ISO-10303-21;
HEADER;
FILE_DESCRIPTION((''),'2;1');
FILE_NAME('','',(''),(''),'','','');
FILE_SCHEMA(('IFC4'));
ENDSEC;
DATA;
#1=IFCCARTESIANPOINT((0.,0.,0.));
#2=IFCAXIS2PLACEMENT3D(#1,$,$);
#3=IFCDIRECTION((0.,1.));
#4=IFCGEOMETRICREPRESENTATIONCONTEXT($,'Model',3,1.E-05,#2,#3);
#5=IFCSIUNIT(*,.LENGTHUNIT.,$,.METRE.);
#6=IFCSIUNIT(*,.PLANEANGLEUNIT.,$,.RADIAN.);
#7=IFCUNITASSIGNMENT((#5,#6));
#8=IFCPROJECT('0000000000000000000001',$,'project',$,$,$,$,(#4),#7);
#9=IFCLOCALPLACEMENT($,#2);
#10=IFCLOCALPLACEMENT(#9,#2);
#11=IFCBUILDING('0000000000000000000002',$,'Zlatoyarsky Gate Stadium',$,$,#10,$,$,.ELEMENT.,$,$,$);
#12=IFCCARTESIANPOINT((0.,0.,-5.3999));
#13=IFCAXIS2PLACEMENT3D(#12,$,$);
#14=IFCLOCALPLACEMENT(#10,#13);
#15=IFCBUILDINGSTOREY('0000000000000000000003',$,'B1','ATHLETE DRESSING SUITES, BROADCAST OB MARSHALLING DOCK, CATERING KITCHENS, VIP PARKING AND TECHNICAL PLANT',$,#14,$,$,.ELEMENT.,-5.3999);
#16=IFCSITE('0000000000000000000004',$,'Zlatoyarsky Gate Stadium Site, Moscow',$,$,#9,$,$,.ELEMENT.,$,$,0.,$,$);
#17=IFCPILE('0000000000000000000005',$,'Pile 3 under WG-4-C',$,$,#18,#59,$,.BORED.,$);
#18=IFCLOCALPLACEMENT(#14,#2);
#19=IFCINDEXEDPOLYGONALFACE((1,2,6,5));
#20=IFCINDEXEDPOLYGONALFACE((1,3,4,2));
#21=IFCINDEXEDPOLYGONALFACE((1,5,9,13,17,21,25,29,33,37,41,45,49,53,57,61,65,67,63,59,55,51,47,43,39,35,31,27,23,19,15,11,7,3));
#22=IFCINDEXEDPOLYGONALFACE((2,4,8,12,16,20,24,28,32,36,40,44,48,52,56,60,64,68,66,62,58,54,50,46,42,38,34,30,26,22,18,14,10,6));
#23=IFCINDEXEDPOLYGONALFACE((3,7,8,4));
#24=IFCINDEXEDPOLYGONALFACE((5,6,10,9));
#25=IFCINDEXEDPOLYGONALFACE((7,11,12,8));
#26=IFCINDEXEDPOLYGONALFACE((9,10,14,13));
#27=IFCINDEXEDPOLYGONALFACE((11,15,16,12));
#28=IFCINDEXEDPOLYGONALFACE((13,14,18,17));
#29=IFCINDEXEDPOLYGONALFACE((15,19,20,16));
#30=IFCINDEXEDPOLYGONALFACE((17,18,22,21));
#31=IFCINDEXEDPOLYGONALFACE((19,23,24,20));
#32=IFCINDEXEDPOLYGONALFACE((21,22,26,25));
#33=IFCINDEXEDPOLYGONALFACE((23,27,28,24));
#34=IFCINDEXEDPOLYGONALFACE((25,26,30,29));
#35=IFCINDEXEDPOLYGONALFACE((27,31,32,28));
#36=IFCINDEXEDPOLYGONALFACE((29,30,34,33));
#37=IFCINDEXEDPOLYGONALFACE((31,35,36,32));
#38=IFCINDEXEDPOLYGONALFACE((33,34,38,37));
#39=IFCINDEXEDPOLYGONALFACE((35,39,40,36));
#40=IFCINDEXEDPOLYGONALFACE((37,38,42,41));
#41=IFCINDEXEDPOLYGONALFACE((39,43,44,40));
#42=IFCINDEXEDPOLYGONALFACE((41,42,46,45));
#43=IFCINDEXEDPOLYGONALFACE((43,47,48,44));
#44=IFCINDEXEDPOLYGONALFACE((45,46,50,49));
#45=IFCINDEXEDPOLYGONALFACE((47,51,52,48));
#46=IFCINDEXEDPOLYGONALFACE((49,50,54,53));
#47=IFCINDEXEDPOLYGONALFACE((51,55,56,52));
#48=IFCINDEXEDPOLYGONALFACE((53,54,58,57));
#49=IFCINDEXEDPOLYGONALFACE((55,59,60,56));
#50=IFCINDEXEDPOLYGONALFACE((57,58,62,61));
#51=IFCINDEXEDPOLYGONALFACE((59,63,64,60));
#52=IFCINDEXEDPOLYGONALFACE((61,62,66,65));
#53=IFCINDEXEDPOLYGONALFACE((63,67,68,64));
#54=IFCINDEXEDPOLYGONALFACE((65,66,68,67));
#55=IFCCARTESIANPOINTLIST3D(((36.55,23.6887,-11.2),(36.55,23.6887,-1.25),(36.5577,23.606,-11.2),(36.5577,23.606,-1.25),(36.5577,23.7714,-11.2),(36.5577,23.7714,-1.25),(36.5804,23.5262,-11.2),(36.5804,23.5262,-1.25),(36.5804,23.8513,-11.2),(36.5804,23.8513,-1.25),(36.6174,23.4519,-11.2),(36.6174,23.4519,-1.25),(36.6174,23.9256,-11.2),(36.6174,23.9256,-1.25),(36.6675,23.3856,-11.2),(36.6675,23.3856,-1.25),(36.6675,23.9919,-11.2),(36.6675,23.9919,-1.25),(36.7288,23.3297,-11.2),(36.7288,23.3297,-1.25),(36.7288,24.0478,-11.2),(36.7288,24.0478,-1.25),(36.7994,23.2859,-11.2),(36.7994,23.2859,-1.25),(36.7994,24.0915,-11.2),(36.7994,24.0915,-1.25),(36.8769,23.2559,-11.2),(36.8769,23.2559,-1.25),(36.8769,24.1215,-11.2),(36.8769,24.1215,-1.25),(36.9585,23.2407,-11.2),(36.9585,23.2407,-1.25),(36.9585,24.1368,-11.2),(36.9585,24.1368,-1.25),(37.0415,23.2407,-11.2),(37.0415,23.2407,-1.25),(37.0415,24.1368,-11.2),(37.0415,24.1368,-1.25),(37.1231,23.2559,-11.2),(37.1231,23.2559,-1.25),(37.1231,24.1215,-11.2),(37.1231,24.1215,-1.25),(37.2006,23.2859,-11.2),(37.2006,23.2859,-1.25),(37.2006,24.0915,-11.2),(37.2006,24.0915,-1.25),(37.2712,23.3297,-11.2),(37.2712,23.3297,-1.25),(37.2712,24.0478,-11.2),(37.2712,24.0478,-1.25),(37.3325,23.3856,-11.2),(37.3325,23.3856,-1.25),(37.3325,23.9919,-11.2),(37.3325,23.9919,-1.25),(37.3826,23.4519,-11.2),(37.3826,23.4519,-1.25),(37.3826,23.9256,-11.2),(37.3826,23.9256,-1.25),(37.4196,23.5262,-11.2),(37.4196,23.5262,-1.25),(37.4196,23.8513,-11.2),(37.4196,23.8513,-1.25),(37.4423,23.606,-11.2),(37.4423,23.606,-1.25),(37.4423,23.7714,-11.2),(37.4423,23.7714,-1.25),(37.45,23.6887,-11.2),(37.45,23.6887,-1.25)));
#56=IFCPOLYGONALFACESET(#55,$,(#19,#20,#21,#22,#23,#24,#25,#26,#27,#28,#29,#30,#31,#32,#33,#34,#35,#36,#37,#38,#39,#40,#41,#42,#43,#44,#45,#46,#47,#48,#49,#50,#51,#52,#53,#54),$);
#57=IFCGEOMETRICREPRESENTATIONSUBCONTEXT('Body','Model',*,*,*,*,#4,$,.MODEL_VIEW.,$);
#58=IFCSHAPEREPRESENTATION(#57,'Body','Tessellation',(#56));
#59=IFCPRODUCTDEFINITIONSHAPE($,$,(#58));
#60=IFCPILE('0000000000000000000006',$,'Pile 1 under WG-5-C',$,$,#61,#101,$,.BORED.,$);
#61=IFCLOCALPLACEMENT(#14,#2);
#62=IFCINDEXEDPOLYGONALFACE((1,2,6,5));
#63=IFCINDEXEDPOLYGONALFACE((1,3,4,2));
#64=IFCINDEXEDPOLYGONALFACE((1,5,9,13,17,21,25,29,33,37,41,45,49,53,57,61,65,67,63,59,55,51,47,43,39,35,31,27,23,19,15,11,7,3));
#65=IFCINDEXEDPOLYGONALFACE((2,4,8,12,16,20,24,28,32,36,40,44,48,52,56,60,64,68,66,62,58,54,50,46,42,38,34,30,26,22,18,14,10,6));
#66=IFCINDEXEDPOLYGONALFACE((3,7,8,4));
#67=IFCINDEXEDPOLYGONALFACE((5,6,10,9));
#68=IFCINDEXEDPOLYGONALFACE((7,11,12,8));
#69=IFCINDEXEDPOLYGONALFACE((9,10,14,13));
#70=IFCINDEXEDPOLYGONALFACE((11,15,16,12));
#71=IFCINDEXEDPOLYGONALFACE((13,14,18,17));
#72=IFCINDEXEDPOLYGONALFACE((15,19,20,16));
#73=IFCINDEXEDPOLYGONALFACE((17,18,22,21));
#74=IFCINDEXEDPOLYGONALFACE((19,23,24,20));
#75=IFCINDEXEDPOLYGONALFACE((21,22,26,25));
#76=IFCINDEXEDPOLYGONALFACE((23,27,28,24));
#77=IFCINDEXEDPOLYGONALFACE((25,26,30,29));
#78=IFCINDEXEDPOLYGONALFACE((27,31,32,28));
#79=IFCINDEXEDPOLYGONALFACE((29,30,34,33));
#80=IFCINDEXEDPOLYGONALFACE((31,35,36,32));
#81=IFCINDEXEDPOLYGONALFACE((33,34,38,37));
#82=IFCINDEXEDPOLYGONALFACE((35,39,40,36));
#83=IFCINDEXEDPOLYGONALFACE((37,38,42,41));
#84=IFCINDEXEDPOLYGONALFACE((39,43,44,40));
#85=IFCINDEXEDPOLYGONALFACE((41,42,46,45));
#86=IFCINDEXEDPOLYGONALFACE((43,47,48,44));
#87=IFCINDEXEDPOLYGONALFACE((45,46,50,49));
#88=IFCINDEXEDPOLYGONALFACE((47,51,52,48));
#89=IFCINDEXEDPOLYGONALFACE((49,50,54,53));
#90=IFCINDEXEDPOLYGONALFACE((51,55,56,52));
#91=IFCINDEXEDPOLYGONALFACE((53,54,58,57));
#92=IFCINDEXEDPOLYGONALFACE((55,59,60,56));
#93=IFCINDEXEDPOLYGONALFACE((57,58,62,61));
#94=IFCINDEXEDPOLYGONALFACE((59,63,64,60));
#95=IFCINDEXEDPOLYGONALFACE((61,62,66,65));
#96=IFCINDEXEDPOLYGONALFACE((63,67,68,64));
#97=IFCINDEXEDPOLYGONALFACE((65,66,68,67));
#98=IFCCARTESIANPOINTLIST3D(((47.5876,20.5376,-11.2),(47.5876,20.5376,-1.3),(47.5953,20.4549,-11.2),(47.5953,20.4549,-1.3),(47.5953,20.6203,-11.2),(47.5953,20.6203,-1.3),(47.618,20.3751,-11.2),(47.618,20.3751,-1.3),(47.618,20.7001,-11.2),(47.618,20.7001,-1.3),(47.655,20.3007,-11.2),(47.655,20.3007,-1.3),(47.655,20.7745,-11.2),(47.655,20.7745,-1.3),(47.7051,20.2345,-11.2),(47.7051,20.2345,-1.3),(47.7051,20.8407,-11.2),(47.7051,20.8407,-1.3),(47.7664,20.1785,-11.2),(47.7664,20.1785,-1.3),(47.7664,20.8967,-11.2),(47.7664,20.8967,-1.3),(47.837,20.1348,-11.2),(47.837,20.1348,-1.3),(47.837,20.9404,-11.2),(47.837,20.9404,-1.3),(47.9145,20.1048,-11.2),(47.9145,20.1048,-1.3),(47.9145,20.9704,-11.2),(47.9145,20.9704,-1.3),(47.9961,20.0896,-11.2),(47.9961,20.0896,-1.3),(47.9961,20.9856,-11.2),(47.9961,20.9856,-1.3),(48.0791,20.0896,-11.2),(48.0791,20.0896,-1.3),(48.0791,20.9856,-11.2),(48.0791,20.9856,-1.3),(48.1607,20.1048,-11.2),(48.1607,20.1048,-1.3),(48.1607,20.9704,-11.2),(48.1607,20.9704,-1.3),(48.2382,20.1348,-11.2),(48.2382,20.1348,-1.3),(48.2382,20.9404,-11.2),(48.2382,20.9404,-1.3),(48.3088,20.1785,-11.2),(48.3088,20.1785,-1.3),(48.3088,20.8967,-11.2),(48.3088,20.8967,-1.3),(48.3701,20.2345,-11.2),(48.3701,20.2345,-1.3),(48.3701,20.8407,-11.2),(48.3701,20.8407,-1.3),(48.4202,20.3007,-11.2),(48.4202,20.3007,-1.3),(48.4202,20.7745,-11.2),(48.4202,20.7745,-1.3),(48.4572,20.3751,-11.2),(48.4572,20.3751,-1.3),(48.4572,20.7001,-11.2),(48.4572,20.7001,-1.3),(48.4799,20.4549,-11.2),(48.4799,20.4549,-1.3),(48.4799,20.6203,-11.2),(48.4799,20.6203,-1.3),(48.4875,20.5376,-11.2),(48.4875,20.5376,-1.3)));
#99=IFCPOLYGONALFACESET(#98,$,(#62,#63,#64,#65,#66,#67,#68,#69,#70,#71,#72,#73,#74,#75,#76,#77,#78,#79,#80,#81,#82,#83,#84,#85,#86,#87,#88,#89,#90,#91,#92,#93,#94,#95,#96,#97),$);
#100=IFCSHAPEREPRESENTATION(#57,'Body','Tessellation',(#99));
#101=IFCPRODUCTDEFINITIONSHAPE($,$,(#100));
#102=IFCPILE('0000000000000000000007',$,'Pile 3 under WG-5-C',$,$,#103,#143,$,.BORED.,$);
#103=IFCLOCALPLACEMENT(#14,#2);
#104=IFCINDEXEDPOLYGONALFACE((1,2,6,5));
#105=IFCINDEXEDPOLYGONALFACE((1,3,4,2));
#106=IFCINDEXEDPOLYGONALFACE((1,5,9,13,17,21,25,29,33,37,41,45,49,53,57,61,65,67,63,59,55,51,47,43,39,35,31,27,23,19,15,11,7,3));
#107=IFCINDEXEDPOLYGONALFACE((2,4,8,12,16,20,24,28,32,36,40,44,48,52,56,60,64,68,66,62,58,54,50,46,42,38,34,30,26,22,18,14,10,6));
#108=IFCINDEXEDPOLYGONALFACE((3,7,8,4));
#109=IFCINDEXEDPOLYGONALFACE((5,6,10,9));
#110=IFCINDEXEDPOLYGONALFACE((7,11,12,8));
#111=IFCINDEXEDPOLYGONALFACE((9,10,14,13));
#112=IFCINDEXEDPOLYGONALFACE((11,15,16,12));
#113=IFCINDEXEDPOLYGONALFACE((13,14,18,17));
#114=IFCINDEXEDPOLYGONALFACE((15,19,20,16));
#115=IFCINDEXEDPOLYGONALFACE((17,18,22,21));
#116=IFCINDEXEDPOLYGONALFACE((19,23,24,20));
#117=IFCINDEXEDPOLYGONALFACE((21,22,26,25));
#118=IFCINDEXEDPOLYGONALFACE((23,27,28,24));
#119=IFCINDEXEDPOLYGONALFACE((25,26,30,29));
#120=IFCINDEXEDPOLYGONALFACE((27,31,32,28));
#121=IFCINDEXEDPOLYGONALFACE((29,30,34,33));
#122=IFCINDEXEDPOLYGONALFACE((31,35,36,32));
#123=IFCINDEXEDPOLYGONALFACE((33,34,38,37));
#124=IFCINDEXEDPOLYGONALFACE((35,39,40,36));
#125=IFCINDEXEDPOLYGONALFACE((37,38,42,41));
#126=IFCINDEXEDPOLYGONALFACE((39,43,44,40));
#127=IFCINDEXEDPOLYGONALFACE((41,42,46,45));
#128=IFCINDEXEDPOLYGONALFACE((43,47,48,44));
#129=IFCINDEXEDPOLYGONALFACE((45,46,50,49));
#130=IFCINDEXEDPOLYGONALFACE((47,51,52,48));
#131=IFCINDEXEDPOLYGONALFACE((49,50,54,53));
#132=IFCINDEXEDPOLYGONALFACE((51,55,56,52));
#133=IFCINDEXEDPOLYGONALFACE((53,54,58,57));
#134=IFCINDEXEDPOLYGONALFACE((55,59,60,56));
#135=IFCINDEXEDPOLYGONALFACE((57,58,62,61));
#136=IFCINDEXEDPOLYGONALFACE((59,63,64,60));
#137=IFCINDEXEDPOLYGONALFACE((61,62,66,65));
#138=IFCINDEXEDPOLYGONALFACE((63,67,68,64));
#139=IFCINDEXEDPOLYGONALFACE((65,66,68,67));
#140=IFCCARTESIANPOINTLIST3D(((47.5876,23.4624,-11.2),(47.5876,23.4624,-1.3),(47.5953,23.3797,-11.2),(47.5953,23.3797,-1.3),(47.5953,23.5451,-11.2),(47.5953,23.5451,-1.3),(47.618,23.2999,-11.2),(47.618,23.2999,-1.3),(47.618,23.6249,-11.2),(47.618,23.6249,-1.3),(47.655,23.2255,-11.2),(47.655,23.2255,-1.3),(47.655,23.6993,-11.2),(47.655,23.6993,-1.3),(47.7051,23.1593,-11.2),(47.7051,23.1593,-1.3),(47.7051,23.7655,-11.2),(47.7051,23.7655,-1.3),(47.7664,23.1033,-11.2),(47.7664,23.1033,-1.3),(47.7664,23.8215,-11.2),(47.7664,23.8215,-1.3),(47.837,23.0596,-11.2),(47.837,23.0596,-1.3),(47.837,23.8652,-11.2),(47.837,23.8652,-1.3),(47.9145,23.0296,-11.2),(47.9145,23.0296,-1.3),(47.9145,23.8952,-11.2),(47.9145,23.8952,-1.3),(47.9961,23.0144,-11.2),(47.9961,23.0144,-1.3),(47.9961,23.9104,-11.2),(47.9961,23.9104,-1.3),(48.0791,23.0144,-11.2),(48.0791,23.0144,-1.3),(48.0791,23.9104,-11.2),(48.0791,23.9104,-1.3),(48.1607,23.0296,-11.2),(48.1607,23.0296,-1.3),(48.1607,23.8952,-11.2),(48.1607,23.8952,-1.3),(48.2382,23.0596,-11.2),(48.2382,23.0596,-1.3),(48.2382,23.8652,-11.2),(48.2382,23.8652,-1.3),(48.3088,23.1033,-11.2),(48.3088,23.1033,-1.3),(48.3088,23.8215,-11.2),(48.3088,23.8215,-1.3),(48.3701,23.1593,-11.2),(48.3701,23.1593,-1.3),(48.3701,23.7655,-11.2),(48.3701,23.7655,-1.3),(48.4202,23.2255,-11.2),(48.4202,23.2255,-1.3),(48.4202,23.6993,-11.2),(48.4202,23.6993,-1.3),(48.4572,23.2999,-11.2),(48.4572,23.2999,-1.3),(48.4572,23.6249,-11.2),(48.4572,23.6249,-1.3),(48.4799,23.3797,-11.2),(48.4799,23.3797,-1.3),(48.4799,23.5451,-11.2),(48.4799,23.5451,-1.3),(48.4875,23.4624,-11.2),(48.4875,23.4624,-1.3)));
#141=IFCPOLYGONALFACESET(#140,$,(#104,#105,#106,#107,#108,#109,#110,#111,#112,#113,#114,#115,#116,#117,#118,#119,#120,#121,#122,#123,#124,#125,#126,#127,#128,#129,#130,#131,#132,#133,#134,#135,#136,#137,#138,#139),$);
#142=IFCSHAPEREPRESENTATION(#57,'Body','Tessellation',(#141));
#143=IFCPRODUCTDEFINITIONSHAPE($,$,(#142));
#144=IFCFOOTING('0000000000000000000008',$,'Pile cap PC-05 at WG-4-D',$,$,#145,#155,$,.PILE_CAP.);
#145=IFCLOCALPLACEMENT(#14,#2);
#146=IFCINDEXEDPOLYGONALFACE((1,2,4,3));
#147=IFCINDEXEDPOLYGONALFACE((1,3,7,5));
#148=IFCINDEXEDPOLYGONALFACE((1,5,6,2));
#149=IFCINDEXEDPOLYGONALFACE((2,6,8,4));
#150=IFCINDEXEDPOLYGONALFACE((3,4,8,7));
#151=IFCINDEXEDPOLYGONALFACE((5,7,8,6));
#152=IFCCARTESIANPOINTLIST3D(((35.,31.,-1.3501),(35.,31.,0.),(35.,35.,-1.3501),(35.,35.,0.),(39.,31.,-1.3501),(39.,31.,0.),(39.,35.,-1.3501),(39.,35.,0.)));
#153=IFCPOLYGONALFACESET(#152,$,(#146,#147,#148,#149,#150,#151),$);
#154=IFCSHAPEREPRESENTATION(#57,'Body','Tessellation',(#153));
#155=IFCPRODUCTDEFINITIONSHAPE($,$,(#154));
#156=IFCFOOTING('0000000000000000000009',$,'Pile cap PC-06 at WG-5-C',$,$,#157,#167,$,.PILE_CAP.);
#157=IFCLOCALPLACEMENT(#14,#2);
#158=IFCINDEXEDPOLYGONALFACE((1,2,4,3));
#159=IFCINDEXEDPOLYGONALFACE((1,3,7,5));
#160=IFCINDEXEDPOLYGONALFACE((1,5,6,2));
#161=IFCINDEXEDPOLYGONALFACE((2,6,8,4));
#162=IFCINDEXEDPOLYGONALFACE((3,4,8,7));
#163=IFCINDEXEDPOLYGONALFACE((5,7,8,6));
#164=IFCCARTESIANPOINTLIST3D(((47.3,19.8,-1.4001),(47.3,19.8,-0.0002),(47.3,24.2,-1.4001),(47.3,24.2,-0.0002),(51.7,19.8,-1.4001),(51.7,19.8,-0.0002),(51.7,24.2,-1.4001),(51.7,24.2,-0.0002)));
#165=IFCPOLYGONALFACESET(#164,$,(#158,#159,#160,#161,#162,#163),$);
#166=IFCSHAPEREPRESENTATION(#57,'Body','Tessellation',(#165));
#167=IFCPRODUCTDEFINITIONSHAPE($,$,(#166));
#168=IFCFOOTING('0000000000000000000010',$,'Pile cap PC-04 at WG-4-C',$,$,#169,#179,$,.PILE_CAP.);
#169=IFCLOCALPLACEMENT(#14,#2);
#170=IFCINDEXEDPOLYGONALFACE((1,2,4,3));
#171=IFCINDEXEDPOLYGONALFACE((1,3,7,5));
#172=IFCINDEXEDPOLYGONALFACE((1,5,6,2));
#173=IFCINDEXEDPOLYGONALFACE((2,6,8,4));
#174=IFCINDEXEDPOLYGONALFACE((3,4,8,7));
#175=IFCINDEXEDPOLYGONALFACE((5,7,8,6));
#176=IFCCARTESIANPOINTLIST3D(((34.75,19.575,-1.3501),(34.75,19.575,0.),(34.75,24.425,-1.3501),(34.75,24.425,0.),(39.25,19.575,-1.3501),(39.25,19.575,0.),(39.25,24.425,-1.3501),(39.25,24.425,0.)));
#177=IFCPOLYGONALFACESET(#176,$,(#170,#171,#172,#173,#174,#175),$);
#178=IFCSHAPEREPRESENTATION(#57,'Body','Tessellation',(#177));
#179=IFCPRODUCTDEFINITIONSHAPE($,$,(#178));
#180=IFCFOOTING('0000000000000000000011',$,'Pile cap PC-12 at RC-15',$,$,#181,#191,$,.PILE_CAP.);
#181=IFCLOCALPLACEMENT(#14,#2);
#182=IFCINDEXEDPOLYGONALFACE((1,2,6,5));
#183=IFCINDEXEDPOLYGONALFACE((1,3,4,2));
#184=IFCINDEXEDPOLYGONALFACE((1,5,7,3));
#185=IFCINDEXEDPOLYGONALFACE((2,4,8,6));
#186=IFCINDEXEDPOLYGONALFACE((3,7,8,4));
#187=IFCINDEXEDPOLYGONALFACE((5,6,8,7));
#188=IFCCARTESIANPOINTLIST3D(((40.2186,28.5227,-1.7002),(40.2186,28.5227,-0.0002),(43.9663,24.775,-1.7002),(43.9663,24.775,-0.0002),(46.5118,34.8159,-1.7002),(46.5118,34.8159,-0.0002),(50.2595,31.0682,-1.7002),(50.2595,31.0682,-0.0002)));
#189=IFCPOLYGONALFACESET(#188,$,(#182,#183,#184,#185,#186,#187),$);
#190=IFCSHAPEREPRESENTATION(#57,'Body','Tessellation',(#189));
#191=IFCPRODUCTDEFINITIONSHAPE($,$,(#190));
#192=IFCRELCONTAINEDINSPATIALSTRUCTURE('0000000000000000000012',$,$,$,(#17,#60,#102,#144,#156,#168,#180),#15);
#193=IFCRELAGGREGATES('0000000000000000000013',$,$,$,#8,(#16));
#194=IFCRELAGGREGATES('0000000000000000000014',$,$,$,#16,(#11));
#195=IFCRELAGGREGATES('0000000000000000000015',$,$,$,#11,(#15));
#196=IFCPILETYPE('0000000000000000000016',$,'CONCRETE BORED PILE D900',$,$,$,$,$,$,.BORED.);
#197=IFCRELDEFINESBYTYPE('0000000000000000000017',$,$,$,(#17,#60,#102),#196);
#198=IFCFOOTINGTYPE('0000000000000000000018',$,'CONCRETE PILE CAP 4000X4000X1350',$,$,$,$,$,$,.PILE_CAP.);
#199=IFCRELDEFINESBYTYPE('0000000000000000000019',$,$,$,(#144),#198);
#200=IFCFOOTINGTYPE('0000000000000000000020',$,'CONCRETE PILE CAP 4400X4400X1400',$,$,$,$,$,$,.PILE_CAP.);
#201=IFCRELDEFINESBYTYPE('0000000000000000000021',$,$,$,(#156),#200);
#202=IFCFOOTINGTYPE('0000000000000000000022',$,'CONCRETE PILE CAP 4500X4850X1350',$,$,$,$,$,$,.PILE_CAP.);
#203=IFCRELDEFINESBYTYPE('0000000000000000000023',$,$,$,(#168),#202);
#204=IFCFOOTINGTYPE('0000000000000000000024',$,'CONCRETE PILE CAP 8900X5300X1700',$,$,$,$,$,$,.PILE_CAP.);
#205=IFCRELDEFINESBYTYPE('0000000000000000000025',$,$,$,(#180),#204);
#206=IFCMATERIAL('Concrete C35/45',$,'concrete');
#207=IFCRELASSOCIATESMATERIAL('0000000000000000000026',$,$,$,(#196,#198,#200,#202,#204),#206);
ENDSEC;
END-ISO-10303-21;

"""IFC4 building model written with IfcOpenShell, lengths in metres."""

from ifc_helpers import new_model, si_unit, direction, frame, origin, origin_2d, place, context, subcontext, project, spatial, rectangle, circle, extrude, material, material_profile, profile_set, type_object, element, save


model = new_model("IFC4")

# Units and contexts
model_context = context("Model", 3, precision=1e-05, world=origin(), true_north=direction((0.0, 1.0)))
body_context = subcontext(model_context, "Body", "Model", "MODEL_VIEW")
ifc_project = project(units=[si_unit("LENGTHUNIT", "METRE"), si_unit("PLANEANGLEUNIT", "RADIAN")], contexts=[model_context])

# Site, building, storey
site_placement = place(None, origin())
site = spatial("IfcSite", under=ifc_project, at=site_placement, Name="Zlatoyarsky Gate Stadium Site, Moscow", CompositionType="ELEMENT", RefElevation=0.0)
building_placement = place(site_placement, origin())
building = spatial("IfcBuilding", under=site, at=building_placement, Name="Zlatoyarsky Gate Stadium", CompositionType="ELEMENT")
storey_placement = place(building_placement, frame((0.0, 0.0, -5.3999)))
storey = spatial("IfcBuildingStorey", under=building, at=storey_placement, Name="B1", Description="ATHLETE DRESSING SUITES, BROADCAST OB MARSHALLING DOCK, CATERING KITCHENS, VIP PARKING AND TECHNICAL PLANT", CompositionType="ELEMENT", Elevation=-5.3999)

# Piles
ifc_material_1 = material(Name="Concrete C35/45", Category="concrete")
ifc_material_profile_1 = material_profile(ifc_material_1, circle(Radius=0.45, at=origin_2d()), Name="BORED PILE D900")
ifc_profile_set_1 = profile_set([ifc_material_profile_1], Name="Concrete C35/45")
pile_type_1 = type_object("IfcPileType", Name="CONCRETE BORED PILE D900", PredefinedType="BORED", material=ifc_profile_set_1)
for number, where, z_axis, x_axis, name in (
    (1, (37.0, 23.6887, -1.25), (0.0, 0.0, -1.0), (1.0, 0.0, 0.0), "Pile 3 under WG-4-C"),
):
    element("IfcPile", number, at=place(storey_placement, frame(where, z_axis=z_axis, x_axis=x_axis)), inside=storey, type_object=pile_type_1, Name=name, PredefinedType="BORED", context=body_context, shape_type="SweptSolid", body=[
        extrude(circle(Radius=0.45, at=origin_2d()), origin(), (0.0, 0.0, 1.0), 9.95),
    ])
for number, where, z_axis, x_axis, name in (
    (2, (48.0376, 20.5376, -1.3), (0.0, 0.0, -1.0), (1.0, 0.0, 0.0), "Pile 1 under WG-5-C"),
    (3, (48.0376, 23.4624, -1.3), (0.0, 0.0, -1.0), (1.0, 0.0, 0.0), "Pile 3 under WG-5-C"),
):
    element("IfcPile", number, at=place(storey_placement, frame(where, z_axis=z_axis, x_axis=x_axis)), inside=storey, type_object=pile_type_1, Name=name, PredefinedType="BORED", context=body_context, shape_type="SweptSolid", body=[
        extrude(circle(Radius=0.45, at=origin_2d()), origin(), (0.0, 0.0, 1.0), 9.8999),
    ])

# Footings
footing_type_1 = type_object("IfcFootingType", Name="CONCRETE PILE CAP 4000X4000X1350", PredefinedType="PILE_CAP", material=ifc_material_1)
footing_1_placement = place(storey_placement, frame((37.0, 33.0, -1.3501), z_axis=(0.0, 0.0, 1.0), x_axis=(1.0, 0.0, 0.0)))
element("IfcFooting", 4, at=footing_1_placement, inside=storey, type_object=footing_type_1, Name="Pile cap PC-05 at WG-4-D", PredefinedType="PILE_CAP", context=body_context, shape_type="SweptSolid", body=[
    extrude(rectangle(XDim=4.0, YDim=4.0, at=origin_2d()), origin(), (0.0, 0.0, 1.0), 1.3501),
])
footing_type_2 = type_object("IfcFootingType", Name="CONCRETE PILE CAP 4400X4400X1400", PredefinedType="PILE_CAP", material=ifc_material_1)
footing_2_placement = place(storey_placement, frame((49.5, 22.0, -1.4001), z_axis=(0.0, 0.0, 1.0), x_axis=(1.0, 0.0, 0.0)))
element("IfcFooting", 5, at=footing_2_placement, inside=storey, type_object=footing_type_2, Name="Pile cap PC-06 at WG-5-C", PredefinedType="PILE_CAP", context=body_context, shape_type="SweptSolid", body=[
    extrude(rectangle(XDim=4.3999, YDim=4.3999, at=origin_2d()), origin(), (0.0, 0.0, 1.0), 1.3999),
])
footing_type_3 = type_object("IfcFootingType", Name="CONCRETE PILE CAP 4500X4850X1350", PredefinedType="PILE_CAP", material=ifc_material_1)
footing_3_placement = place(storey_placement, frame((37.0, 22.0, -1.3501), z_axis=(0.0, 0.0, 1.0), x_axis=(1.0, 0.0, 0.0)))
element("IfcFooting", 6, at=footing_3_placement, inside=storey, type_object=footing_type_3, Name="Pile cap PC-04 at WG-4-C", PredefinedType="PILE_CAP", context=body_context, shape_type="SweptSolid", body=[
    extrude(rectangle(XDim=4.5, YDim=4.8501, at=origin_2d()), origin(), (0.0, 0.0, 1.0), 1.3501),
])
footing_type_4 = type_object("IfcFootingType", Name="CONCRETE PILE CAP 8900X5300X1700", PredefinedType="PILE_CAP", material=ifc_material_1)
footing_4_placement = place(storey_placement, frame((45.239, 29.7954, -1.7002), z_axis=(0.0, 0.0, 1.0), x_axis=(-0.707107, -0.707107, 0.0)))
element("IfcFooting", 7, at=footing_4_placement, inside=storey, type_object=footing_type_4, Name="Pile cap PC-12 at RC-15", PredefinedType="PILE_CAP", context=body_context, shape_type="SweptSolid", body=[
    extrude(rectangle(XDim=8.8999, YDim=5.3, at=origin_2d()), origin(), (0.0, 0.0, 1.0), 1.7),
])

save(model, "model.ifc")
